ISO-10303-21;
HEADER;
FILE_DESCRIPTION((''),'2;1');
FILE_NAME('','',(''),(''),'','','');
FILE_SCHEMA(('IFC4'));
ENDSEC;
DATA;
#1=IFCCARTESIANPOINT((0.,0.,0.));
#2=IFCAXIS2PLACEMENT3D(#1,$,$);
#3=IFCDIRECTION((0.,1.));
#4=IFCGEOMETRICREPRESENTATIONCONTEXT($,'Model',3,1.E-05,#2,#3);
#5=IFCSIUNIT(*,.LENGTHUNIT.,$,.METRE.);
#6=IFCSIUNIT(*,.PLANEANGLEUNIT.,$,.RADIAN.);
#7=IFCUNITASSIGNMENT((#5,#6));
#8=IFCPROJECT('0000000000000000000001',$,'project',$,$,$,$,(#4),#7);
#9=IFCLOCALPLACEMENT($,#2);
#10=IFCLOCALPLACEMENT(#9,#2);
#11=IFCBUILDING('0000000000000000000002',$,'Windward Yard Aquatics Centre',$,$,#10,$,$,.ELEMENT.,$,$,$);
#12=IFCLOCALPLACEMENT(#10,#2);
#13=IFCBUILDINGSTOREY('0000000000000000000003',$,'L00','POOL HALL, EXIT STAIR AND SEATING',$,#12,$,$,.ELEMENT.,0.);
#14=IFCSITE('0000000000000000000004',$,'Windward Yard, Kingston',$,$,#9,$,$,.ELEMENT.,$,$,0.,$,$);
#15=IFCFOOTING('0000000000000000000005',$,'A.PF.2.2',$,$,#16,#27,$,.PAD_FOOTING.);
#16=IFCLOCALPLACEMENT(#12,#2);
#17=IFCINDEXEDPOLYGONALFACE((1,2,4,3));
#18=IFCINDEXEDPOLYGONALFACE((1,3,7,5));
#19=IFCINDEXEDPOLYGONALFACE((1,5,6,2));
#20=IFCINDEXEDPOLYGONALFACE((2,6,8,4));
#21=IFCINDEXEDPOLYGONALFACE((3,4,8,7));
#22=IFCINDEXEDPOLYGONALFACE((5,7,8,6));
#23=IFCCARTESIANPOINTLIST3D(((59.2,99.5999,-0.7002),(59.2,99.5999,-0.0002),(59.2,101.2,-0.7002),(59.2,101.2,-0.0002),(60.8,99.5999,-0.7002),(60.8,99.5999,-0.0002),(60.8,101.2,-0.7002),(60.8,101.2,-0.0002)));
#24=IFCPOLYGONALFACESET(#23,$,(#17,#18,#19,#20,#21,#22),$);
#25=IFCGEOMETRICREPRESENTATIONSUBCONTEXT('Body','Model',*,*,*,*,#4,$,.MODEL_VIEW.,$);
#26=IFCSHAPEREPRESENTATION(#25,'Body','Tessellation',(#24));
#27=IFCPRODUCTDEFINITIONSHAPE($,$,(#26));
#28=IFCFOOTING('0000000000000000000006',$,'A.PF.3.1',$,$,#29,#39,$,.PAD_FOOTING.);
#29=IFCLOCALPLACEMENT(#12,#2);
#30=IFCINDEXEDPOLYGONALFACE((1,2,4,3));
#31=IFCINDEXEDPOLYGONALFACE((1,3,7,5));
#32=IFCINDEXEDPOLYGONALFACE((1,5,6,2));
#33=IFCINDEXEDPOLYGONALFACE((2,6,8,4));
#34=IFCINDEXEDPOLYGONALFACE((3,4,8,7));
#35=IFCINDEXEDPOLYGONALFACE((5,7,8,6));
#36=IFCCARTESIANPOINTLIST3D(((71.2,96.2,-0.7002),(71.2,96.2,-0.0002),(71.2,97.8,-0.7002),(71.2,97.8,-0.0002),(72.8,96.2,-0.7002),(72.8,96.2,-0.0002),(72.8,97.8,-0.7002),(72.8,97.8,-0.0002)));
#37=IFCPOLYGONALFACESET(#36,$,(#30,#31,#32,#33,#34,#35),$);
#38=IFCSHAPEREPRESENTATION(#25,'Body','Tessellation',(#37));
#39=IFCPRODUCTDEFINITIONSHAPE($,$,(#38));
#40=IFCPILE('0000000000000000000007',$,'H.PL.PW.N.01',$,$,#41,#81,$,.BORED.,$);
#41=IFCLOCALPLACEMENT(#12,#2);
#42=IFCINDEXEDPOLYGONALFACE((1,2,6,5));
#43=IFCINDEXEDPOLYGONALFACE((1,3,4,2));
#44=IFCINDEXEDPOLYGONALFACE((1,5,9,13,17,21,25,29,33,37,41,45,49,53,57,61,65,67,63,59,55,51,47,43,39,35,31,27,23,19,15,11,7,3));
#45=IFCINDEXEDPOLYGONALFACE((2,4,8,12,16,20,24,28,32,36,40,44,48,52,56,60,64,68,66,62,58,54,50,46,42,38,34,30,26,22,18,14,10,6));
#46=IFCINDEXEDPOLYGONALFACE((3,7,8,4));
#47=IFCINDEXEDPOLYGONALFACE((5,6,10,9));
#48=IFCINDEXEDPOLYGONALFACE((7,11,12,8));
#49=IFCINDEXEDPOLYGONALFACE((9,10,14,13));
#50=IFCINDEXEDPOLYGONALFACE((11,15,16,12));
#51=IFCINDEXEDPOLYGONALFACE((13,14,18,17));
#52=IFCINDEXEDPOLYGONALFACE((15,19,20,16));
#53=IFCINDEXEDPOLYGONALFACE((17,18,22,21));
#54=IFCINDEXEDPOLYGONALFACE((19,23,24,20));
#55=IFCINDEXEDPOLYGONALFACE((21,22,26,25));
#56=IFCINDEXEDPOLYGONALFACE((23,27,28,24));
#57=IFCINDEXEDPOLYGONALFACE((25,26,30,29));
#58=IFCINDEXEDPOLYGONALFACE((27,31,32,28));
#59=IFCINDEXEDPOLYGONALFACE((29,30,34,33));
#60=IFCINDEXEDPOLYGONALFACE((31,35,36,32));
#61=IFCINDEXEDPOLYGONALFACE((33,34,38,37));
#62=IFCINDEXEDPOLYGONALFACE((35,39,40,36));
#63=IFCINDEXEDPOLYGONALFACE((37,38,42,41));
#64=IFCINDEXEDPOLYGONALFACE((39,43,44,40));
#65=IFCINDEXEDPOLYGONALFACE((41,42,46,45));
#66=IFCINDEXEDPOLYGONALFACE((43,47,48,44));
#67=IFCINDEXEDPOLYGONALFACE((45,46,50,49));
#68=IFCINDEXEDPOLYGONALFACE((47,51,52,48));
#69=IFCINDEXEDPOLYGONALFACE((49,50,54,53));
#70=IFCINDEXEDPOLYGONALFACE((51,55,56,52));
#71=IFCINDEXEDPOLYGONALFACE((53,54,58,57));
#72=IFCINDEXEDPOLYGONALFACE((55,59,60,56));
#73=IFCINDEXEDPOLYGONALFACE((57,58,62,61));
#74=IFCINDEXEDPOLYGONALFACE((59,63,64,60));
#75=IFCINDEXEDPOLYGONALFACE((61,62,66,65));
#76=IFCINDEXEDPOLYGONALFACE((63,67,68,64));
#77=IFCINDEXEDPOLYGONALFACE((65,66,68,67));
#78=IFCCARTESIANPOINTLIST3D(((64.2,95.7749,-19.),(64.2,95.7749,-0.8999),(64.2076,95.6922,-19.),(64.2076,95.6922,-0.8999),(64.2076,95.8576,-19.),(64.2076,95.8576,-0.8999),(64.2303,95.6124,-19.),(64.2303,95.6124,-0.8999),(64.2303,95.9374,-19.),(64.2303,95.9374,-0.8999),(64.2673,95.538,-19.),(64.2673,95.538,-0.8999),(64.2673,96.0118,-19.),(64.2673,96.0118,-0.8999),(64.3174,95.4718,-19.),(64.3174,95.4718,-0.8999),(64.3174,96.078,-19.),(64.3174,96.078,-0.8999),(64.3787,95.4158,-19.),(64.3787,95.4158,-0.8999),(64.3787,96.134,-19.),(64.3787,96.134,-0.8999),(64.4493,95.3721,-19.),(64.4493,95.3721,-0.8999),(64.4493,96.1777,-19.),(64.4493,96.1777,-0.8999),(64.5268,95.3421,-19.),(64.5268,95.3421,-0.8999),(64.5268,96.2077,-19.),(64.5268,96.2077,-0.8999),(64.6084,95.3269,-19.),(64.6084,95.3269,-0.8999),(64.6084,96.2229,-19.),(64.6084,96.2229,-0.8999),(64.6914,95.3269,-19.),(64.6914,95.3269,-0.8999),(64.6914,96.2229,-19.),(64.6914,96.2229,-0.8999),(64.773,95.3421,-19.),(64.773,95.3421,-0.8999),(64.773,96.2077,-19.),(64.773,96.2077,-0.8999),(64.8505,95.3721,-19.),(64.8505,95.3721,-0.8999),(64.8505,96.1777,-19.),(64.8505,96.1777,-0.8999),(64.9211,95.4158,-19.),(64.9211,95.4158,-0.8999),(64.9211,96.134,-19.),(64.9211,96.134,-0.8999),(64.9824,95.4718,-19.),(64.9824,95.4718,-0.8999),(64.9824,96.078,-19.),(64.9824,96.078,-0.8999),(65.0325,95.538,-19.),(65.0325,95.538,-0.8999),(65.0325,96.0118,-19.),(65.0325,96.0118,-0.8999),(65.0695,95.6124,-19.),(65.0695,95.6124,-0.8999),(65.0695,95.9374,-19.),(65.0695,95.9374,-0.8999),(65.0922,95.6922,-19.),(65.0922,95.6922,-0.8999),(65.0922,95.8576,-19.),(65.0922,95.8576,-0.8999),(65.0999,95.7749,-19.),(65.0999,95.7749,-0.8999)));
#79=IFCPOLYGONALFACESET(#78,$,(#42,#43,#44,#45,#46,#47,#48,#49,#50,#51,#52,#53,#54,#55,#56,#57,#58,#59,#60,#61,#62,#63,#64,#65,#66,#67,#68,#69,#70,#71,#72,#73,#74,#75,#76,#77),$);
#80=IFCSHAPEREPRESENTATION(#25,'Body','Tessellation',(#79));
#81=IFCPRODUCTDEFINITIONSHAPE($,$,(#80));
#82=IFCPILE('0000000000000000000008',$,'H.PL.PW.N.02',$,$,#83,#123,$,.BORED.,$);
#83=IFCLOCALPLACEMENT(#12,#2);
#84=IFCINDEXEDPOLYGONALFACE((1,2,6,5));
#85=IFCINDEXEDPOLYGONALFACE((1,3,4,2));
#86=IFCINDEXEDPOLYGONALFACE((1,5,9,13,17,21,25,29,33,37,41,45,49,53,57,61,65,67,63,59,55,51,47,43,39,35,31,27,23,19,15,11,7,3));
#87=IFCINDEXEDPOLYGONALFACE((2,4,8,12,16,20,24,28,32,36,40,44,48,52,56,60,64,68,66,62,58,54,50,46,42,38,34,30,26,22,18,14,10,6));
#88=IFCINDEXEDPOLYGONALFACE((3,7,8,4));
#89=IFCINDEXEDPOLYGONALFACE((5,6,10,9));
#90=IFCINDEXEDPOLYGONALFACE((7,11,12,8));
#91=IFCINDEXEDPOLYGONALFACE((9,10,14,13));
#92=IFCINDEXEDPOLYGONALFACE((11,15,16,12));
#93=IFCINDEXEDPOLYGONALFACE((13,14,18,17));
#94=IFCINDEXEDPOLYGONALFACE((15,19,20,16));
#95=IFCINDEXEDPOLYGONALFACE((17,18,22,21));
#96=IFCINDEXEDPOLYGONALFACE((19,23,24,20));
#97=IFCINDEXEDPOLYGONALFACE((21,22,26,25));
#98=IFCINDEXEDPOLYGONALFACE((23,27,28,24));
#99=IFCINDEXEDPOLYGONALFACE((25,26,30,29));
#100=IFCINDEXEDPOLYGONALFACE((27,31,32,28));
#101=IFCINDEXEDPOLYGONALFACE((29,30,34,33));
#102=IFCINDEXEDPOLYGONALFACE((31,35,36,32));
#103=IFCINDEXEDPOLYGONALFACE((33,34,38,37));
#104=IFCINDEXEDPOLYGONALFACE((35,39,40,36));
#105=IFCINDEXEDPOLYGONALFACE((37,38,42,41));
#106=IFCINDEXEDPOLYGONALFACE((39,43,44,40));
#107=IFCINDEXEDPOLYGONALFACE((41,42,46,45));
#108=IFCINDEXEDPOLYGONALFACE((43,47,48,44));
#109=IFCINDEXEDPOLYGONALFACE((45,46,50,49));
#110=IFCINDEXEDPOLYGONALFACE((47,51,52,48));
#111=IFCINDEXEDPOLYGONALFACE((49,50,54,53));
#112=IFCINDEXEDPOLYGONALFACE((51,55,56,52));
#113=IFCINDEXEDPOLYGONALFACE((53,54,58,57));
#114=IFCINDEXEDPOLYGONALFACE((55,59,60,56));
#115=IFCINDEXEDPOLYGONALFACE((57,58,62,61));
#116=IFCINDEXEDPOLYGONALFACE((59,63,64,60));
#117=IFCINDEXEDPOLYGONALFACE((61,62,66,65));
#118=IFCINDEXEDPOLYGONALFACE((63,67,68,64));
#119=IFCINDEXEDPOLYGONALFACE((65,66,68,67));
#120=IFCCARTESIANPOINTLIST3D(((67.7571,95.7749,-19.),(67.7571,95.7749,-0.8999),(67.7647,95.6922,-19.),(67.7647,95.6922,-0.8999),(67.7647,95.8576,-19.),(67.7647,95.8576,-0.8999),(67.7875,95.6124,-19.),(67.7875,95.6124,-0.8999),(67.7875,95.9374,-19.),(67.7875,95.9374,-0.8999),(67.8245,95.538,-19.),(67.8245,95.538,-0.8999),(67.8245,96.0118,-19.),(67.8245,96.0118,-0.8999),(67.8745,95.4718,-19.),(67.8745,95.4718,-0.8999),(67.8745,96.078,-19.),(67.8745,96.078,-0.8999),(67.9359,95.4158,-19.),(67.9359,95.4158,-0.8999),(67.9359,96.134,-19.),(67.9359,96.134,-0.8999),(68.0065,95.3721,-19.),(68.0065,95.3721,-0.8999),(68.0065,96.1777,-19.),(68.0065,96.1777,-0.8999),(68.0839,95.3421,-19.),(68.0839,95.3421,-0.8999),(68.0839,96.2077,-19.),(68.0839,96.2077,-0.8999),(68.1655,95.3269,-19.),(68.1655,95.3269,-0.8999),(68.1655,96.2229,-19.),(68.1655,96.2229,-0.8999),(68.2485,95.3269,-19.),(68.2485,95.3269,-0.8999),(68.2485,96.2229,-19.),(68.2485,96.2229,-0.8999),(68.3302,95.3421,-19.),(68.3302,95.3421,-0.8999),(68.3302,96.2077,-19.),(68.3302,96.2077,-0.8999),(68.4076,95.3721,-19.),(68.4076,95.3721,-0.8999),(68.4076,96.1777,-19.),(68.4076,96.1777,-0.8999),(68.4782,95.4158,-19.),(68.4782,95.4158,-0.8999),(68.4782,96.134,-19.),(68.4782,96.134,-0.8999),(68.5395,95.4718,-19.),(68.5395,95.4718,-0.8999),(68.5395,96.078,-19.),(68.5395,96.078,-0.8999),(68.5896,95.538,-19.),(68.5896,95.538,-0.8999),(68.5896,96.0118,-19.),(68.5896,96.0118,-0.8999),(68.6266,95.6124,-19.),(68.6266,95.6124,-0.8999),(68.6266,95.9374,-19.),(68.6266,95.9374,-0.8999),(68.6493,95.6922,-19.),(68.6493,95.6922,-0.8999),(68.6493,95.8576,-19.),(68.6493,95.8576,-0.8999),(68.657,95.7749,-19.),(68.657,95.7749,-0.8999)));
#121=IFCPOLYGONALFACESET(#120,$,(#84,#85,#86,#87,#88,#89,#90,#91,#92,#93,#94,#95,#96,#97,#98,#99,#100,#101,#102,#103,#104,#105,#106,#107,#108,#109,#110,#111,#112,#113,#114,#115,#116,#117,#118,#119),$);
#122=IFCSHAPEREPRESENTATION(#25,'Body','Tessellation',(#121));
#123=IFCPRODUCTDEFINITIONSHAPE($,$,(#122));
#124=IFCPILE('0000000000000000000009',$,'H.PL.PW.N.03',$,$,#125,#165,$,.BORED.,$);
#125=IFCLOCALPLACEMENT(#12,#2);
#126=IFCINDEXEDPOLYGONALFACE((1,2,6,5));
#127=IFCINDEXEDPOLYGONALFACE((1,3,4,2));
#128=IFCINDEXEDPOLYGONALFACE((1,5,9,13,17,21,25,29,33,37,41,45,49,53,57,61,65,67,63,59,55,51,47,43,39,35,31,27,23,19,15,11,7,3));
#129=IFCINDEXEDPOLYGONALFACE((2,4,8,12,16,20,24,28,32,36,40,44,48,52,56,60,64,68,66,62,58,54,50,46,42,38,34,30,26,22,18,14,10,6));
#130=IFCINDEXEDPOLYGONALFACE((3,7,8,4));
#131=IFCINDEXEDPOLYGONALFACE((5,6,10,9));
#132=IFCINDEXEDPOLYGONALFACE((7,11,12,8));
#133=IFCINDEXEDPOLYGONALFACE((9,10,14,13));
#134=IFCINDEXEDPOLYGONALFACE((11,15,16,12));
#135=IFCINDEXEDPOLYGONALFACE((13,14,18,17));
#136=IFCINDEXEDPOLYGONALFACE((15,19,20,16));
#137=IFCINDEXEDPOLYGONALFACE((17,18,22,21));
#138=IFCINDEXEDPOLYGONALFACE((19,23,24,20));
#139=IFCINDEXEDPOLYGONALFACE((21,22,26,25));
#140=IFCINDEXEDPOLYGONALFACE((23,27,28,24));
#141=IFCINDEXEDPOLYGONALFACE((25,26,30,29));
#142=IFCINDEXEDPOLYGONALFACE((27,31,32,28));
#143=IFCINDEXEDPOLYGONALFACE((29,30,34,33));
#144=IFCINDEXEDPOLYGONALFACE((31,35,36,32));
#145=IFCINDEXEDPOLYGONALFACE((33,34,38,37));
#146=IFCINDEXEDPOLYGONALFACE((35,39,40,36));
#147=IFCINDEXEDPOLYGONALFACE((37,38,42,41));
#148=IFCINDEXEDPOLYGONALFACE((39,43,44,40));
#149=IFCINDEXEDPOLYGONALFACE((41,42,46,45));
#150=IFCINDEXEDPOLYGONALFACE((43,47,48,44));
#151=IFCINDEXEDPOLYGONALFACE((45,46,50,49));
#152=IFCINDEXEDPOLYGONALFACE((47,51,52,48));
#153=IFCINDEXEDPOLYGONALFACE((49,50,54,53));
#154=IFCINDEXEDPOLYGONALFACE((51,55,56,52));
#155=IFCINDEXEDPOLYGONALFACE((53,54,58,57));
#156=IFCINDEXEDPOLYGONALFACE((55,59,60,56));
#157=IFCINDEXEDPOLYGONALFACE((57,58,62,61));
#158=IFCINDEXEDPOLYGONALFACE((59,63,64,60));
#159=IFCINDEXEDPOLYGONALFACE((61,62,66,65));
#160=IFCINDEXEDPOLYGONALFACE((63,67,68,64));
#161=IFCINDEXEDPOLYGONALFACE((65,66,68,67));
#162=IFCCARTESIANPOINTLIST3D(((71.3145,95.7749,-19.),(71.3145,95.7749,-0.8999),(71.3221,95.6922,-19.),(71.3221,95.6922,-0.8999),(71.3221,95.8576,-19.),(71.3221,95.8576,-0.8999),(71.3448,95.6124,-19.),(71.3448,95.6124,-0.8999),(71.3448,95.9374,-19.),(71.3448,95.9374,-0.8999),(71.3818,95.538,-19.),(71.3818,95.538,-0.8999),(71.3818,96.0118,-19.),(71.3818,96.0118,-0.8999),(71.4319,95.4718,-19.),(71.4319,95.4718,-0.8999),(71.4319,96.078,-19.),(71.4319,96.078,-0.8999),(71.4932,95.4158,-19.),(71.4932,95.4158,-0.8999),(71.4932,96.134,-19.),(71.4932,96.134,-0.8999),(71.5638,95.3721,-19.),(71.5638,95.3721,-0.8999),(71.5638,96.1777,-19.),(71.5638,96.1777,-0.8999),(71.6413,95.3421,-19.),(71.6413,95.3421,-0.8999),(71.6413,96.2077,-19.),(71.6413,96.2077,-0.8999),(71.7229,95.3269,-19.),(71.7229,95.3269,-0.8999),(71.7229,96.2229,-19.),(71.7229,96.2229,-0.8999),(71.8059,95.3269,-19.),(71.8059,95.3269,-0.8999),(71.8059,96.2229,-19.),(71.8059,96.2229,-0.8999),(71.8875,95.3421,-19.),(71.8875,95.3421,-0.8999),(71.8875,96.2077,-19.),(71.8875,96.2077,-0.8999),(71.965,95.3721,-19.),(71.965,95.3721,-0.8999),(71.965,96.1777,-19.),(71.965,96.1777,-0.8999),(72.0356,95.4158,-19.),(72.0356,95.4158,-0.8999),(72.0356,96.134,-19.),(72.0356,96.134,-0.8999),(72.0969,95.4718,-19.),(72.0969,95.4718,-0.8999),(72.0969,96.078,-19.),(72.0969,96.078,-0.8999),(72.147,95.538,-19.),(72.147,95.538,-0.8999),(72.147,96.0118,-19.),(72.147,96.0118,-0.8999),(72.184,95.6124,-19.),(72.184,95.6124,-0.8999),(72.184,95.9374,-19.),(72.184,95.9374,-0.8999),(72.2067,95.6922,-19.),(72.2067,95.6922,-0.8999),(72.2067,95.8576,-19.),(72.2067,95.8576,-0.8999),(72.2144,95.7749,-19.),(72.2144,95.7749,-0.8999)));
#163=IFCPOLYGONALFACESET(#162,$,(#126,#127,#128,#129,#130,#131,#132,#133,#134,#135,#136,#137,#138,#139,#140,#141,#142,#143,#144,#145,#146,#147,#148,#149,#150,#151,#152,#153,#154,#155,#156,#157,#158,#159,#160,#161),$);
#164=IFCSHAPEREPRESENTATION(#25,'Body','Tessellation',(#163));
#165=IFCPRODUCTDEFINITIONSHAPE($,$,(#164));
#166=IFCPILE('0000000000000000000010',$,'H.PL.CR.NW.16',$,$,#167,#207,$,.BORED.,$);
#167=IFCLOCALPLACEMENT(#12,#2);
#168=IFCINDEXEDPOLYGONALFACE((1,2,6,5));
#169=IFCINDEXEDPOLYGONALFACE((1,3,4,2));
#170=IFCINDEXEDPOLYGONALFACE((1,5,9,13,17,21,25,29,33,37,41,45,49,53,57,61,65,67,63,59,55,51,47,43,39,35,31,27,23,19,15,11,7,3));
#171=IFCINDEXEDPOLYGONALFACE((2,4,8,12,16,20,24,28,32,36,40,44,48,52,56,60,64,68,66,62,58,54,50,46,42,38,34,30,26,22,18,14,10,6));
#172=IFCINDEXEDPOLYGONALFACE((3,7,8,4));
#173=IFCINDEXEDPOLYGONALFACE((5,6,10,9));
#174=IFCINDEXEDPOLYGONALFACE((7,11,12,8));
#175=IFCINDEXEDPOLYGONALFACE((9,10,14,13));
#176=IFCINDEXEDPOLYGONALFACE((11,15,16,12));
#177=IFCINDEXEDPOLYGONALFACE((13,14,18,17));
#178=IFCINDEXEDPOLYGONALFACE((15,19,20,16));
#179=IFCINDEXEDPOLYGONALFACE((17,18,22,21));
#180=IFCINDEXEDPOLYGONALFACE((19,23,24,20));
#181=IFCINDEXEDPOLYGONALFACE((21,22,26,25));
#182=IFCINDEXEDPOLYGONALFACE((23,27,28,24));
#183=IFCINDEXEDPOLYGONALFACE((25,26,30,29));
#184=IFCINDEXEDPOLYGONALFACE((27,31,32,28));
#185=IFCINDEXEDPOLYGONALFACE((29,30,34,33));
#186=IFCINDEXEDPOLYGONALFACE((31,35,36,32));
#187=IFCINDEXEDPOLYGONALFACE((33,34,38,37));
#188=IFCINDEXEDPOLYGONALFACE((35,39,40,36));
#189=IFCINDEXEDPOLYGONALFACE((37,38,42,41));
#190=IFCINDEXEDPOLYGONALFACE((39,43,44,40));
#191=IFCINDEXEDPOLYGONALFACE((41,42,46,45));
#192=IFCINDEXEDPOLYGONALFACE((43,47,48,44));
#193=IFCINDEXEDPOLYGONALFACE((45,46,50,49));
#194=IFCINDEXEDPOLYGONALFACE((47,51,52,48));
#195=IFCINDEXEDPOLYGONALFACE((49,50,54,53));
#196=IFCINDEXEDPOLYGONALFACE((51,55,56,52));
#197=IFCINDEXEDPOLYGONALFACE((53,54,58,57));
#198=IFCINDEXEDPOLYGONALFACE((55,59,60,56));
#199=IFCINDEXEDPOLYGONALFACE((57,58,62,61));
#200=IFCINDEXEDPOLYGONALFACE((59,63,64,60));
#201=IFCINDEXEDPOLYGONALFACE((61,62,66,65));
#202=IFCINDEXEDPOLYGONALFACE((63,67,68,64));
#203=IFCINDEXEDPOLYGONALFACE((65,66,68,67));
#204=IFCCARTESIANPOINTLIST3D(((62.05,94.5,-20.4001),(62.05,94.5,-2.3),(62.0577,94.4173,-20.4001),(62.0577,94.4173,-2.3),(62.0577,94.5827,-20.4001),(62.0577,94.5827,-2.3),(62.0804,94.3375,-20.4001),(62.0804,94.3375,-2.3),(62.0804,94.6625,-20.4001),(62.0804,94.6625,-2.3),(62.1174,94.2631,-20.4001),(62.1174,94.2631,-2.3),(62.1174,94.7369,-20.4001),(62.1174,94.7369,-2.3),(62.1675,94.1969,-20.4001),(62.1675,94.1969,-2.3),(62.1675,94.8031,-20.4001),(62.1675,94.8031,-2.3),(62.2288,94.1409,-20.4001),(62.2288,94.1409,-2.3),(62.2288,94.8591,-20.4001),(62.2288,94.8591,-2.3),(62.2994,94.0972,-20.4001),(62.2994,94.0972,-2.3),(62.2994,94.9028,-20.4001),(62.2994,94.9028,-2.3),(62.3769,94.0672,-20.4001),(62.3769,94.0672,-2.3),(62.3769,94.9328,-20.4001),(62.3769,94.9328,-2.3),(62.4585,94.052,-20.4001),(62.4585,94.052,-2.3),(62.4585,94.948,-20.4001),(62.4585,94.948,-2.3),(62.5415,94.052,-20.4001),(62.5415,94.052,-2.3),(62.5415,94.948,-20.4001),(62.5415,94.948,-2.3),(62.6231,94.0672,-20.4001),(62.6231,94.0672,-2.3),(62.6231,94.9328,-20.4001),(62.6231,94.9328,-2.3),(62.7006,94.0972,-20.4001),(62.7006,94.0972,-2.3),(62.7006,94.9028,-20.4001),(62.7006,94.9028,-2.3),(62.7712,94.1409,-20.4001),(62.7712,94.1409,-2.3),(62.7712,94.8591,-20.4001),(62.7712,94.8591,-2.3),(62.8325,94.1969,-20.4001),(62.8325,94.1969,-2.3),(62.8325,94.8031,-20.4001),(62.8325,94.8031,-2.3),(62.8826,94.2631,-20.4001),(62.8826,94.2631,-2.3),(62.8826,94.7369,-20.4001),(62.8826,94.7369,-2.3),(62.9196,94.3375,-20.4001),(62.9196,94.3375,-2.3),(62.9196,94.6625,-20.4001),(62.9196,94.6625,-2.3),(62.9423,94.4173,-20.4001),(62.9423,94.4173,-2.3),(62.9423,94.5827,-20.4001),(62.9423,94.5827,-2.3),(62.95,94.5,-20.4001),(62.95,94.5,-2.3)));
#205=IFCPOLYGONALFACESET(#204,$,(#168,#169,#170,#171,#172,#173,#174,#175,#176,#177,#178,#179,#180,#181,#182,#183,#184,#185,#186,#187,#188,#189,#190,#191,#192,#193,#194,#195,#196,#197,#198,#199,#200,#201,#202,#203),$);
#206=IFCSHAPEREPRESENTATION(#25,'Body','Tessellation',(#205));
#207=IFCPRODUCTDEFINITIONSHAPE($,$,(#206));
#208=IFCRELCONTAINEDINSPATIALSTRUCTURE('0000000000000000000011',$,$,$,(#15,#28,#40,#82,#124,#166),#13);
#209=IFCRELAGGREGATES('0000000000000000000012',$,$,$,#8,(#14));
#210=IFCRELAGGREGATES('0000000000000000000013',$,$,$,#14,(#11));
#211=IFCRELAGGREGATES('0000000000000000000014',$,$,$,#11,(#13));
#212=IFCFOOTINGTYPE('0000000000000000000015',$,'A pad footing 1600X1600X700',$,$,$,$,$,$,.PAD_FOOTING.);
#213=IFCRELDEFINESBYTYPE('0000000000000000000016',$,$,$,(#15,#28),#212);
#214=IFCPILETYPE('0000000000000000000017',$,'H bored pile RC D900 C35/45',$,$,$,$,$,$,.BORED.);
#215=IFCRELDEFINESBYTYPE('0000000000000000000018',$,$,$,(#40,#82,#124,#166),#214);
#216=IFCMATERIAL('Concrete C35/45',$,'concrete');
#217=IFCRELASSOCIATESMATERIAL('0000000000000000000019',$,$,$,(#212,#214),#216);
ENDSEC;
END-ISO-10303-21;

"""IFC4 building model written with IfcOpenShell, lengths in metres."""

from ifc_helpers import new_model, si_unit, direction, frame, origin, origin_2d, place, context, subcontext, project, spatial, rectangle, circle, extrude, material, material_profile, profile_set, type_object, element, save


model = new_model("IFC4")

# Units and contexts
model_context = context("Model", 3, precision=1e-05, world=origin(), true_north=direction((0.0, 1.0)))
body_context = subcontext(model_context, "Body", "Model", "MODEL_VIEW")
ifc_project = project(units=[si_unit("LENGTHUNIT", "METRE"), si_unit("PLANEANGLEUNIT", "RADIAN")], contexts=[model_context])

# Site, building, storey
site_placement = place(None, origin())
site = spatial("IfcSite", under=ifc_project, at=site_placement, Name="Windward Yard, Kingston", CompositionType="ELEMENT", RefElevation=0.0)
building_placement = place(site_placement, origin())
building = spatial("IfcBuilding", under=site, at=building_placement, Name="Windward Yard Aquatics Centre", CompositionType="ELEMENT")
storey_placement = place(building_placement, origin())
storey = spatial("IfcBuildingStorey", under=building, at=storey_placement, Name="L00", Description="POOL HALL, EXIT STAIR AND SEATING", CompositionType="ELEMENT", Elevation=0.0)

# Footings
ifc_material_1 = material(Name="Concrete C35/45", Category="concrete")
footing_type = type_object("IfcFootingType", Name="A pad footing 1600X1600X700", PredefinedType="PAD_FOOTING", material=ifc_material_1)
for number, where, z_axis, x_axis, name in (
    (1, (60.0, 100.3999, -0.7002), (0.0, 0.0, 1.0), (1.0, 0.0, 0.0), "A.PF.2.2"),
    (2, (72.0, 97.0, -0.7002), (0.0, 0.0, 1.0), (1.0, 0.0, 0.0), "A.PF.3.1"),
):
    element("IfcFooting", number, at=place(storey_placement, frame(where, z_axis=z_axis, x_axis=x_axis)), inside=storey, type_object=footing_type, Name=name, PredefinedType="PAD_FOOTING", context=body_context, shape_type="SweptSolid", body=[
        extrude(rectangle(XDim=1.6001, YDim=1.6001, at=origin_2d()), origin(), (0.0, 0.0, 1.0), 0.7),
    ])

# Piles
ifc_material_profile_1 = material_profile(ifc_material_1, circle(Radius=0.45, at=origin_2d()), Name="RC D900")
ifc_profile_set_1 = profile_set([ifc_material_profile_1], Name="Concrete C35/45")
pile_type = type_object("IfcPileType", Name="H bored pile RC D900 C35/45", PredefinedType="BORED", material=ifc_profile_set_1)
for number, where, z_axis, x_axis, name in (
    (3, (64.6499, 95.7749, -0.8999), (0.0, 0.0, -1.0), (1.0, 0.0, 0.0), "H.PL.PW.N.01"),
    (4, (68.207, 95.7749, -0.8999), (0.0, 0.0, -1.0), (1.0, 0.0, 0.0), "H.PL.PW.N.02"),
    (5, (71.7644, 95.7749, -0.8999), (0.0, 0.0, -1.0), (1.0, 0.0, 0.0), "H.PL.PW.N.03"),
    (6, (62.5, 94.5, -2.3), (0.0, 0.0, -1.0), (1.0, 0.0, 0.0), "H.PL.CR.NW.16"),
):
    element("IfcPile", number, at=place(storey_placement, frame(where, z_axis=z_axis, x_axis=x_axis)), inside=storey, type_object=pile_type, Name=name, PredefinedType="BORED", context=body_context, shape_type="SweptSolid", body=[
        extrude(circle(Radius=0.45, at=origin_2d()), origin(), (0.0, 0.0, 1.0), 18.1001),
    ])

save(model, "model.ifc")
